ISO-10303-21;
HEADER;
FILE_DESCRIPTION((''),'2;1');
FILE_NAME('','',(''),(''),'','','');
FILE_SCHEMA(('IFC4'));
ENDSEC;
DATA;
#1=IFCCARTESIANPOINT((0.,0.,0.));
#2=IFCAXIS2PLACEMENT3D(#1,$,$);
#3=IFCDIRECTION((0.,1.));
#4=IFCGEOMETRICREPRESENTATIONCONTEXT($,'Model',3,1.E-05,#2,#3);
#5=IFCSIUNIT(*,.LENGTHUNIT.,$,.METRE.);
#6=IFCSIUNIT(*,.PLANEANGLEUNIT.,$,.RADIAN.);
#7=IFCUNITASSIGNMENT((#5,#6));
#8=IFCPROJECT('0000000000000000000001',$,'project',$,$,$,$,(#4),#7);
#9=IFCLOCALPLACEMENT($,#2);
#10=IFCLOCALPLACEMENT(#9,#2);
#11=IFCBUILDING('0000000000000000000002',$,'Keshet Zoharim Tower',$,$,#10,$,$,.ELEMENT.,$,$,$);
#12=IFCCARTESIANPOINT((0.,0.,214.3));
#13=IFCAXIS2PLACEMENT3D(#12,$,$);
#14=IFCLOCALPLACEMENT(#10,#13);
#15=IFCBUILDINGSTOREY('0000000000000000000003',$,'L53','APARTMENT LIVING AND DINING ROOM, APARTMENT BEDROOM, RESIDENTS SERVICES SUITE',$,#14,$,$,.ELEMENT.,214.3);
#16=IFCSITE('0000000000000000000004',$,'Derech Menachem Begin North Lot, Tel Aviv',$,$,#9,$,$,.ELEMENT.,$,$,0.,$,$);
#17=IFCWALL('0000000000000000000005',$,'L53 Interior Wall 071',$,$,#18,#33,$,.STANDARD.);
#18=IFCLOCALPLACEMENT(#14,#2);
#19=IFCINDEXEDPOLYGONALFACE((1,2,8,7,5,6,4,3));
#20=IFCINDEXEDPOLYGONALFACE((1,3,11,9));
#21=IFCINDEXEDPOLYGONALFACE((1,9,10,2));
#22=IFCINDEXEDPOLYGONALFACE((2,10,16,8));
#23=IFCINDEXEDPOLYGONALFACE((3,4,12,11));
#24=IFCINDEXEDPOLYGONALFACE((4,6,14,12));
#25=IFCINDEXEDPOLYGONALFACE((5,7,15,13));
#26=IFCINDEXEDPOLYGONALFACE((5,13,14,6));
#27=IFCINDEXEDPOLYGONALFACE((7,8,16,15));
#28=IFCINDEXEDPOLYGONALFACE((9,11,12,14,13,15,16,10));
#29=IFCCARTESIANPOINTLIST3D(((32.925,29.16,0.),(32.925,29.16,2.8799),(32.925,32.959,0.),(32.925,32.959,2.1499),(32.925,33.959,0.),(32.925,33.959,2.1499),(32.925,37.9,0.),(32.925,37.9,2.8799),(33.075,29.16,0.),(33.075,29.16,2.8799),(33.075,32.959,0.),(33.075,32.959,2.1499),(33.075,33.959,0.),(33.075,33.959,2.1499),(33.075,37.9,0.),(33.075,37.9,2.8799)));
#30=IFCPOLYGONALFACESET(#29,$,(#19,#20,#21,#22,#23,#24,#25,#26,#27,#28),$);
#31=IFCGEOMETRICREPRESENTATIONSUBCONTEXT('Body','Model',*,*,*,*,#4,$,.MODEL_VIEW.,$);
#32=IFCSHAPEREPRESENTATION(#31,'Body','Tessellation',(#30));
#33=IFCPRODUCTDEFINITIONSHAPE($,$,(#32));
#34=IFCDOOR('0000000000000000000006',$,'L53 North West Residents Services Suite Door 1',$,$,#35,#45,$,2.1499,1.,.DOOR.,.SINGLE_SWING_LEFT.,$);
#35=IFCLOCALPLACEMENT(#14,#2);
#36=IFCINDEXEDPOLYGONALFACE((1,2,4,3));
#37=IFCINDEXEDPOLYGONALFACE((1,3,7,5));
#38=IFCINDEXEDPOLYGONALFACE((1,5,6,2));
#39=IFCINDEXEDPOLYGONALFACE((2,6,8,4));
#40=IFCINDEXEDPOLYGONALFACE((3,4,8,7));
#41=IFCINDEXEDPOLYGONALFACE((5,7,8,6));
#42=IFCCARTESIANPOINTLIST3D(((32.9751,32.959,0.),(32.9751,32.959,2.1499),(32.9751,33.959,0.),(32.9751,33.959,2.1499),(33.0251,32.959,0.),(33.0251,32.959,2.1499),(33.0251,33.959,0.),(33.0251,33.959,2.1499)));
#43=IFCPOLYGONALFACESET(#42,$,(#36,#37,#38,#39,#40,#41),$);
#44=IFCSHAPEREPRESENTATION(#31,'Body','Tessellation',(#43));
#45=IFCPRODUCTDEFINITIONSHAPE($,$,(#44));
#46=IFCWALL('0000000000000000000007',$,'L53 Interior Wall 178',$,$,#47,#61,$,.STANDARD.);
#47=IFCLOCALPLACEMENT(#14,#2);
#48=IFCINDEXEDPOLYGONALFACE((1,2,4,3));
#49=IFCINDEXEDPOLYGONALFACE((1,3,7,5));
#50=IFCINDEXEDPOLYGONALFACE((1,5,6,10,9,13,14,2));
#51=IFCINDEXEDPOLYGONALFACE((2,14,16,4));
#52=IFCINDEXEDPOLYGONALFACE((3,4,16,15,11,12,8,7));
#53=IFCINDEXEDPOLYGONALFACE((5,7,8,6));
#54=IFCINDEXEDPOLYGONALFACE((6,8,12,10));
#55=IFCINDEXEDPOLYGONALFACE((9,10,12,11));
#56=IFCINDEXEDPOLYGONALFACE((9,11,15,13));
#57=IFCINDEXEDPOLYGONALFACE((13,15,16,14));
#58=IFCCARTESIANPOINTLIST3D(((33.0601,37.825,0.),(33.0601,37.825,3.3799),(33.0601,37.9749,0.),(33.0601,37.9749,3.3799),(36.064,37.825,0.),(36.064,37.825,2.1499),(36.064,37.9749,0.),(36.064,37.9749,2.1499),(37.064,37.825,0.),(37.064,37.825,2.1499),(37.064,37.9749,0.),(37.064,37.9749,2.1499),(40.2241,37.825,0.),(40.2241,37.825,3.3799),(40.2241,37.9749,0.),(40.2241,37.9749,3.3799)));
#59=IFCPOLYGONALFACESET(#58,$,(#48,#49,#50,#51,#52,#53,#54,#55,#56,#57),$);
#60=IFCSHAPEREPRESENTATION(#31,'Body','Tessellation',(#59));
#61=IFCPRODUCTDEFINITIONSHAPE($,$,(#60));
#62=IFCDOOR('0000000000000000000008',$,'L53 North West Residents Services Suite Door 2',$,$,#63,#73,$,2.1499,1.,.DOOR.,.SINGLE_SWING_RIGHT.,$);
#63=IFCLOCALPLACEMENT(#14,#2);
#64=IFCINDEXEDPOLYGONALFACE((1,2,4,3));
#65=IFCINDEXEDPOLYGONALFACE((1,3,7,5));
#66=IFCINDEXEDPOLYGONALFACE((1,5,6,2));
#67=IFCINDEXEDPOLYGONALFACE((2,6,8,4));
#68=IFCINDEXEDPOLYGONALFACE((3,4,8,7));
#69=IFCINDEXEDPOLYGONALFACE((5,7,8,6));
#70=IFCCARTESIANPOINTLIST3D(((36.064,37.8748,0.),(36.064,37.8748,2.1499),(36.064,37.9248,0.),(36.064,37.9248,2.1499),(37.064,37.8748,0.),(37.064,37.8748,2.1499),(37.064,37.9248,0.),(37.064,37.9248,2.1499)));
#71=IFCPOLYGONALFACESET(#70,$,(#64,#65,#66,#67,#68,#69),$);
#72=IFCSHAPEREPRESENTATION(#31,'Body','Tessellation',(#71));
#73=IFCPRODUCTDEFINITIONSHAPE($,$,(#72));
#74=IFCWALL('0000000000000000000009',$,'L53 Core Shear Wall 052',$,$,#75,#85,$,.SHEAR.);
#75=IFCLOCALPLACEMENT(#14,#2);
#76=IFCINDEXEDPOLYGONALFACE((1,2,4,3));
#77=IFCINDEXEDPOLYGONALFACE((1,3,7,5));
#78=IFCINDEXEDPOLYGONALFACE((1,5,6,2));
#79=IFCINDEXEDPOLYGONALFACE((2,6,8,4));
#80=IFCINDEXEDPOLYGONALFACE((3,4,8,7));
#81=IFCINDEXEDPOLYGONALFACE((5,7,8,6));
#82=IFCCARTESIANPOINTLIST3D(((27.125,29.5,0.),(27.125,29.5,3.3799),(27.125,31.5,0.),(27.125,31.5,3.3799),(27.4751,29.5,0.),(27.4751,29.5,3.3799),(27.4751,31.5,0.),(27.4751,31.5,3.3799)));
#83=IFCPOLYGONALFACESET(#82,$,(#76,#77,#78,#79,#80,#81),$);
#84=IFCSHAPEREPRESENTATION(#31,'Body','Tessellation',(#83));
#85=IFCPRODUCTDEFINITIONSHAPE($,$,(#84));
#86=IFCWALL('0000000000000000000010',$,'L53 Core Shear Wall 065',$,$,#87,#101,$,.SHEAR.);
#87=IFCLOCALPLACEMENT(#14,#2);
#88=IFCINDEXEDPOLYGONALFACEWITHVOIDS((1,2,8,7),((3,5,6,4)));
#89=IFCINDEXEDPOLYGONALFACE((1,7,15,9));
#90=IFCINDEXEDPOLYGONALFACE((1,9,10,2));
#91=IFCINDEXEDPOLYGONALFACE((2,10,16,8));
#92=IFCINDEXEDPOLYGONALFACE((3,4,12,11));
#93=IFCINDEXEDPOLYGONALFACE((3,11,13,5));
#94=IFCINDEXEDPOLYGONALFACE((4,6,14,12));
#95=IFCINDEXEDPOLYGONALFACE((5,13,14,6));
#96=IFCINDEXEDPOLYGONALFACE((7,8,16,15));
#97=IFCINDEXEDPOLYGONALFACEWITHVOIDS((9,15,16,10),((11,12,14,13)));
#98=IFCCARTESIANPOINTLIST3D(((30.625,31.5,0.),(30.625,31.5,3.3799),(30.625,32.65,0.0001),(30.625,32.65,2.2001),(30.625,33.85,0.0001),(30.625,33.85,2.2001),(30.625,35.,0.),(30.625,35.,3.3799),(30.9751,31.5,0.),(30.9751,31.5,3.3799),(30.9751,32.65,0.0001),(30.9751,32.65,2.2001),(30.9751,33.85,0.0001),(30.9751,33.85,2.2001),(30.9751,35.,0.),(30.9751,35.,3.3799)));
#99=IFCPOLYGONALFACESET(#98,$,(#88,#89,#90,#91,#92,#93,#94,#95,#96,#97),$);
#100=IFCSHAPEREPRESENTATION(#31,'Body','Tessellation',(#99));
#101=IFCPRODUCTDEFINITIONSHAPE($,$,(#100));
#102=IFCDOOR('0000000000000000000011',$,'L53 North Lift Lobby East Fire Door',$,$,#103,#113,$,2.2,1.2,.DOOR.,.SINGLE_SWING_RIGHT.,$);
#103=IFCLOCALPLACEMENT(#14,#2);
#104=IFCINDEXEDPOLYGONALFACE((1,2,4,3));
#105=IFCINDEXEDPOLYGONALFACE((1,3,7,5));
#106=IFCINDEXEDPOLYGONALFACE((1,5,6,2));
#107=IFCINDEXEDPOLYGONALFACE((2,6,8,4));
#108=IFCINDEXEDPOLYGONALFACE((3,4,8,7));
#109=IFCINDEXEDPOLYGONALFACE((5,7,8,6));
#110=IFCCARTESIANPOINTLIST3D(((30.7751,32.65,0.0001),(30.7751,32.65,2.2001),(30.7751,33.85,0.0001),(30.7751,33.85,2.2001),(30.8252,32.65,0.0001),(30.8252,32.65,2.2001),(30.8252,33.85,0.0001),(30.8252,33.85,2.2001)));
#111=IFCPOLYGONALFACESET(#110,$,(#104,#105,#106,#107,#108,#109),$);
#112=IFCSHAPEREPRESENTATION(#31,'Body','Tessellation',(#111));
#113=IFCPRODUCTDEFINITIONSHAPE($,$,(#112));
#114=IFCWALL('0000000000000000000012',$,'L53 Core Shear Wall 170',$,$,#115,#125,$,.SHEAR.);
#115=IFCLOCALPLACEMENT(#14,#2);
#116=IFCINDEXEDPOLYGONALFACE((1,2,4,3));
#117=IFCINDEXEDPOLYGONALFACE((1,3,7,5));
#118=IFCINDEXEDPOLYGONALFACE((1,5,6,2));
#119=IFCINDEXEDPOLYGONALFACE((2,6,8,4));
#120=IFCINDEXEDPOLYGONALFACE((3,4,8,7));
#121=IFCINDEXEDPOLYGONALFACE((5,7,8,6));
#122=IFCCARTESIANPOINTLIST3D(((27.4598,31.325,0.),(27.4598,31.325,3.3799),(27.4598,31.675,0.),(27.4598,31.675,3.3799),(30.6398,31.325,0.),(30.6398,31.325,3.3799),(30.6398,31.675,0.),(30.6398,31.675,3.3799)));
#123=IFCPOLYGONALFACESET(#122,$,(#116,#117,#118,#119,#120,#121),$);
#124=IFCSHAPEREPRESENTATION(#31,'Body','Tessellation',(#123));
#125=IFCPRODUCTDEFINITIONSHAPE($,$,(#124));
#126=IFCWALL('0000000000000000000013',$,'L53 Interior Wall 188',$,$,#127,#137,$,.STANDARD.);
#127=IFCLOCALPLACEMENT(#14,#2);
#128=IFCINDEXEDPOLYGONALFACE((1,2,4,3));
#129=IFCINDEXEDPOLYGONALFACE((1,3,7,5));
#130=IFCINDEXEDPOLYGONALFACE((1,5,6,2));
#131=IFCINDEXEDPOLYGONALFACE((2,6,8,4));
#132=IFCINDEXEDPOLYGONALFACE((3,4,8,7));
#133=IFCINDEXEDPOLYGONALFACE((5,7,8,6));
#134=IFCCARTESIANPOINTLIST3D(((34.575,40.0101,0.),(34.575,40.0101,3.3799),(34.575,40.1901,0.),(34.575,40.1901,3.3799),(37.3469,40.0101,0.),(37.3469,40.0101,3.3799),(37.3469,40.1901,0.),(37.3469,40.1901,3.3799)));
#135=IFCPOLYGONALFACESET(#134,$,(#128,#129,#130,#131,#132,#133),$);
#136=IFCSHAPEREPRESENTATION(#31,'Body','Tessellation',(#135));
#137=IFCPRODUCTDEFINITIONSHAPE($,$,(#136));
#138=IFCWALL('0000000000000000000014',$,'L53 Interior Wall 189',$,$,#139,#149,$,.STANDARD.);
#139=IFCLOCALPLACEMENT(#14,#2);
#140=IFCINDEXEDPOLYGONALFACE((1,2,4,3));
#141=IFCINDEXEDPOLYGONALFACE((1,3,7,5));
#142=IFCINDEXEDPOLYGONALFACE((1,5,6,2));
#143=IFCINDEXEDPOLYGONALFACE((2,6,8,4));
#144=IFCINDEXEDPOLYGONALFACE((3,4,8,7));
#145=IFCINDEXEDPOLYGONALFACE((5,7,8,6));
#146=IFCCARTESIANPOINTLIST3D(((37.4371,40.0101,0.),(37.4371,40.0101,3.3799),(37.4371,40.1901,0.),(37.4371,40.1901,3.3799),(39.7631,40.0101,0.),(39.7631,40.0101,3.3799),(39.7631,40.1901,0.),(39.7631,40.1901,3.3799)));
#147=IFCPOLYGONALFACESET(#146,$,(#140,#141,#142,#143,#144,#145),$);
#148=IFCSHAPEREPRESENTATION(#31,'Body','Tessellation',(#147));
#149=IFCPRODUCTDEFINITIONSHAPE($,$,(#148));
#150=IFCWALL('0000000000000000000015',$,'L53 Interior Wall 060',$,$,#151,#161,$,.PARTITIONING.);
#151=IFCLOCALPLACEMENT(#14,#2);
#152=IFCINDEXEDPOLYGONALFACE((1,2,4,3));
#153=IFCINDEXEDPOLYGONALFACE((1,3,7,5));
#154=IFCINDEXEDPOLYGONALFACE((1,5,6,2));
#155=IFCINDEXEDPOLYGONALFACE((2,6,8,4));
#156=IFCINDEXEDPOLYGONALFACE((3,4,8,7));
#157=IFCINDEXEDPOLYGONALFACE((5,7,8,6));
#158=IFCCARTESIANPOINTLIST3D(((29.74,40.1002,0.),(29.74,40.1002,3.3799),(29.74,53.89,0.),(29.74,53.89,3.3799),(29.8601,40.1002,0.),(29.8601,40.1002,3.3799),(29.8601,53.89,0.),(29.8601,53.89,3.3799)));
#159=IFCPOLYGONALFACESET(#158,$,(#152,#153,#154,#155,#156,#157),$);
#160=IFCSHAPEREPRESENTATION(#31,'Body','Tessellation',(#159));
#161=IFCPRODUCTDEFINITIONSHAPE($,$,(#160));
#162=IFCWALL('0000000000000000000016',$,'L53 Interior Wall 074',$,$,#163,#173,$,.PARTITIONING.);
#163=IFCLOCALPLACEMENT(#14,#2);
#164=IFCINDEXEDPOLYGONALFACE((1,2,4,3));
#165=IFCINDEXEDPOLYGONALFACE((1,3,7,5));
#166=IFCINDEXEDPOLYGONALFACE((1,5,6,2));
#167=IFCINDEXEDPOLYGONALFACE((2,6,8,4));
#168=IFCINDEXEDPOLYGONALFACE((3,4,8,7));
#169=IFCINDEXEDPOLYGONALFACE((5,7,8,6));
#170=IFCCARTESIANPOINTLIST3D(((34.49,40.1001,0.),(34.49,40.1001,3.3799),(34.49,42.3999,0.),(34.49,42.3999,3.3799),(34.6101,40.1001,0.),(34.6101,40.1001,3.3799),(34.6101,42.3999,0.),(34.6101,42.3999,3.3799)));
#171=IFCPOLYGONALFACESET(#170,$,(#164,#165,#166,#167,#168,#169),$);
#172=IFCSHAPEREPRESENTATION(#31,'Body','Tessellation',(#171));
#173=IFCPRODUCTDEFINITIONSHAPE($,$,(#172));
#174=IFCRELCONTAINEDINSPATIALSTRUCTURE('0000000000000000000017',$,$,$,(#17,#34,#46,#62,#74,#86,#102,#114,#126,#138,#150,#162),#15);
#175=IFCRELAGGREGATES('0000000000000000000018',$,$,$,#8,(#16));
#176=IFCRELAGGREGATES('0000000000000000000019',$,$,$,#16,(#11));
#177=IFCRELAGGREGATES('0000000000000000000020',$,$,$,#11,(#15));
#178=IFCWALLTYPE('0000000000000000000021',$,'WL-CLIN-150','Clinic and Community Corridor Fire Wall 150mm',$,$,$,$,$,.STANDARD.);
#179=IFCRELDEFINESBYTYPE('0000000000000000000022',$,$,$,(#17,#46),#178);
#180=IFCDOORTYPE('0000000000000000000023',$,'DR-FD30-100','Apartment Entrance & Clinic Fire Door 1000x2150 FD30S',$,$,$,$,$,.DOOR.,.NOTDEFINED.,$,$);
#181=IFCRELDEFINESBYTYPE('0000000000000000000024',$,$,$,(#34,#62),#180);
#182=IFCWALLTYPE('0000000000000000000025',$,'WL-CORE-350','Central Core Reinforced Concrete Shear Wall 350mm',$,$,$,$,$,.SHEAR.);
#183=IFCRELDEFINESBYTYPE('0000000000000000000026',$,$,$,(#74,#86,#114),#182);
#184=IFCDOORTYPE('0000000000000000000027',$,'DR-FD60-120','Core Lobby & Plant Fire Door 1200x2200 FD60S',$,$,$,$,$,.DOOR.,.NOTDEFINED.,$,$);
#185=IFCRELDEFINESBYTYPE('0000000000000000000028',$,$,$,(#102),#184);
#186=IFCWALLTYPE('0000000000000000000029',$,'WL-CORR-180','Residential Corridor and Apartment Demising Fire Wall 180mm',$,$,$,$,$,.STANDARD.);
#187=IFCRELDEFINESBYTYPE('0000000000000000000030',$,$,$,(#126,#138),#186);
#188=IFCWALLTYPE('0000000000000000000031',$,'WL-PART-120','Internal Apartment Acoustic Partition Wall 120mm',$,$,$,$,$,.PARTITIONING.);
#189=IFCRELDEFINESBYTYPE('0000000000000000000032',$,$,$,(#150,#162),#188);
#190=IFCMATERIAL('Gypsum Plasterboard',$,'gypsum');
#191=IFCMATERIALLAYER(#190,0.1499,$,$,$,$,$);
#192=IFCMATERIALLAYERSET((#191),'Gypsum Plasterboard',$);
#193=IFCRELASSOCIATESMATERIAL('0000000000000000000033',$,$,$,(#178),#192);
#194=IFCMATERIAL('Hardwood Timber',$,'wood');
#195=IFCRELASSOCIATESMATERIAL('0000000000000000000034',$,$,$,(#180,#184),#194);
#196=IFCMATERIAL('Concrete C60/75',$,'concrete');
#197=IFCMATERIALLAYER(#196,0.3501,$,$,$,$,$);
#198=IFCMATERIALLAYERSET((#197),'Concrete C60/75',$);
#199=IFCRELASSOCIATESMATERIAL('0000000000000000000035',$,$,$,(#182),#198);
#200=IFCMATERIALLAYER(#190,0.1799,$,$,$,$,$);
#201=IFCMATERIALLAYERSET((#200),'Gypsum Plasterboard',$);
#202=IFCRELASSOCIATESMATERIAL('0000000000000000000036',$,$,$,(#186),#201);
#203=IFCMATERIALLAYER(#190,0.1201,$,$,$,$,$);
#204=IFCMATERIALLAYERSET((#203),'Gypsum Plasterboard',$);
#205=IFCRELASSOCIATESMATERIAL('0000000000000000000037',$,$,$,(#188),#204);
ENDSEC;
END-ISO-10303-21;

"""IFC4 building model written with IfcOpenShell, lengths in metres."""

from ifc_helpers import new_model, si_unit, direction, frame, frame_2d, origin, place, context, subcontext, project, spatial, rectangle, extrude, material, layer, layer_set, type_object, element, fill, save


model = new_model("IFC4")

# Units and contexts
model_context = context("Model", 3, precision=1e-05, world=origin(), true_north=direction((0.0, 1.0)))
body_context = subcontext(model_context, "Body", "Model", "MODEL_VIEW")
ifc_project = project(units=[si_unit("LENGTHUNIT", "METRE"), si_unit("PLANEANGLEUNIT", "RADIAN")], contexts=[model_context])

# Site, building, storey
site_placement = place(None, origin())
site = spatial("IfcSite", under=ifc_project, at=site_placement, Name="Derech Menachem Begin North Lot, Tel Aviv", CompositionType="ELEMENT", RefElevation=0.0)
building_placement = place(site_placement, origin())
building = spatial("IfcBuilding", under=site, at=building_placement, Name="Keshet Zoharim Tower", CompositionType="ELEMENT")
storey_placement = place(building_placement, frame((0.0, 0.0, 214.3)))
storey = spatial("IfcBuildingStorey", under=building, at=storey_placement, Name="L53", Description="APARTMENT LIVING AND DINING ROOM, APARTMENT BEDROOM, RESIDENTS SERVICES SUITE", CompositionType="ELEMENT", Elevation=214.3)

# Shared definitions
ifc_material_1 = material(Name="Gypsum Plasterboard", Category="gypsum")
ifc_layer_1 = layer(ifc_material_1, 0.1499)
ifc_layer_set_1 = layer_set([ifc_layer_1], Name="Gypsum Plasterboard")
wall_type_1 = type_object("IfcWallType", Name="WL-CLIN-150", Description="Clinic and Community Corridor Fire Wall 150mm", PredefinedType="STANDARD", material=ifc_layer_set_1)

# Walls, openings, doors
wall_1_placement = place(storey_placement, frame((33.0, 29.1599, 0.0), z_axis=(0.0, 0.0, 1.0), x_axis=(0.0, 1.0, 0.0)))
wall_1 = element("IfcWall", 1, at=wall_1_placement, inside=storey, type_object=wall_type_1, Name="L53 Interior Wall 071", PredefinedType="STANDARD", context=body_context, shape_type="SweptSolid", body=[
    extrude(rectangle(XDim=8.74, YDim=0.1499, at=frame_2d((4.3701, 0.0))), origin(), (0.0, 0.0, 1.0), 2.8799),
])
opening_1_placement = place(wall_1_placement, frame((3.7991, 0.0, 0.0)))
opening_1 = element("IfcOpeningElement", 2, at=opening_1_placement, cuts=wall_1, PredefinedType="OPENING", context=body_context, shape_type="SweptSolid", body=[
    extrude(rectangle(XDim=1.0, YDim=2.1499, at=frame_2d((0.5, 1.075))), frame((0.0, 0.085, 0.0), z_axis=(0.0, -1.0, 0.0), x_axis=(1.0, 0.0, 0.0)), (0.0, 0.0, 1.0), 0.1699),
])
ifc_material_2 = material(Name="Hardwood Timber", Category="wood")
door_type_1 = type_object("IfcDoorType", Name="DR-FD30-100", Description="Apartment Entrance & Clinic Fire Door 1000x2150 FD30S", OperationType="NOTDEFINED", PredefinedType="DOOR", material=ifc_material_2)
door_1_placement = place(opening_1_placement, origin())
door_1 = element("IfcDoor", 3, at=door_1_placement, inside=storey, type_object=door_type_1, Name="L53 North West Residents Services Suite Door 1", OperationType="SINGLE_SWING_LEFT", OverallHeight=2.1499, OverallWidth=1.0, PredefinedType="DOOR", context=body_context, shape_type="SweptSolid", body=[
    extrude(rectangle(XDim=1.0, YDim=2.1499, at=frame_2d((0.5, 1.075))), frame((0.0, 0.0249, 0.0), z_axis=(0.0, -1.0, 0.0), x_axis=(1.0, 0.0, 0.0)), (0.0, 0.0, 1.0), 0.05),
])
fill(opening_1, door_1)
wall_2_placement = place(storey_placement, frame((33.0601, 37.8999, 0.0), z_axis=(0.0, 0.0, 1.0), x_axis=(1.0, 0.0, 0.0)))
wall_2 = element("IfcWall", 4, at=wall_2_placement, inside=storey, type_object=wall_type_1, Name="L53 Interior Wall 178", PredefinedType="STANDARD", context=body_context, shape_type="SweptSolid", body=[
    extrude(rectangle(XDim=7.1641, YDim=0.1499, at=frame_2d((3.582, 0.0))), origin(), (0.0, 0.0, 1.0), 3.3799),
])
opening_2_placement = place(wall_2_placement, frame((3.0039, 0.0, 0.0)))
opening_2 = element("IfcOpeningElement", 5, at=opening_2_placement, cuts=wall_2, PredefinedType="OPENING", context=body_context, shape_type="SweptSolid", body=[
    extrude(rectangle(XDim=1.0, YDim=2.1499, at=frame_2d((0.5, 1.075))), frame((0.0, 0.085, 0.0), z_axis=(0.0, -1.0, 0.0), x_axis=(1.0, 0.0, 0.0)), (0.0, 0.0, 1.0), 0.1699),
])
door_2_placement = place(opening_2_placement, origin())
door_2 = element("IfcDoor", 6, at=door_2_placement, inside=storey, type_object=door_type_1, Name="L53 North West Residents Services Suite Door 2", OperationType="SINGLE_SWING_RIGHT", OverallHeight=2.1499, OverallWidth=1.0, PredefinedType="DOOR", context=body_context, shape_type="SweptSolid", body=[
    extrude(rectangle(XDim=1.0, YDim=2.1499, at=frame_2d((0.5, 1.075))), frame((0.0, 0.0249, 0.0), z_axis=(0.0, -1.0, 0.0), x_axis=(1.0, 0.0, 0.0)), (0.0, 0.0, 1.0), 0.05),
])
fill(opening_2, door_2)

# Wall
ifc_material_3 = material(Name="Concrete C60/75", Category="concrete")
ifc_layer_2 = layer(ifc_material_3, 0.3501)
ifc_layer_set_2 = layer_set([ifc_layer_2], Name="Concrete C60/75")
wall_type_2 = type_object("IfcWallType", Name="WL-CORE-350", Description="Central Core Reinforced Concrete Shear Wall 350mm", PredefinedType="SHEAR", material=ifc_layer_set_2)
wall_3_placement = place(storey_placement, frame((27.3, 29.5, 0.0), z_axis=(0.0, 0.0, 1.0), x_axis=(0.0, 1.0, 0.0)))
element("IfcWall", 7, at=wall_3_placement, inside=storey, type_object=wall_type_2, Name="L53 Core Shear Wall 052", PredefinedType="SHEAR", context=body_context, shape_type="SweptSolid", body=[
    extrude(rectangle(XDim=2.0, YDim=0.3501, at=frame_2d((1.0, 0.0))), origin(), (0.0, 0.0, 1.0), 3.3799),
])

# Wall, opening, door
wall_4_placement = place(storey_placement, frame((30.8, 31.5, 0.0), z_axis=(0.0, 0.0, 1.0), x_axis=(0.0, 1.0, 0.0)))
wall_4 = element("IfcWall", 8, at=wall_4_placement, inside=storey, type_object=wall_type_2, Name="L53 Core Shear Wall 065", PredefinedType="SHEAR", context=body_context, shape_type="SweptSolid", body=[
    extrude(rectangle(XDim=3.5, YDim=0.3501, at=frame_2d((1.75, 0.0))), origin(), (0.0, 0.0, 1.0), 3.3799),
])
opening_3_placement = place(wall_4_placement, frame((1.1499, 0.0, 0.0)))
opening_3 = element("IfcOpeningElement", 9, at=opening_3_placement, cuts=wall_4, PredefinedType="OPENING", context=body_context, shape_type="SweptSolid", body=[
    extrude(rectangle(XDim=1.2, YDim=2.2, at=frame_2d((0.6001, 1.1001))), frame((0.0, 0.1851, 0.0), z_axis=(0.0, -1.0, 0.0), x_axis=(1.0, 0.0, 0.0)), (0.0, 0.0, 1.0), 0.3701),
])
door_type_2 = type_object("IfcDoorType", Name="DR-FD60-120", Description="Core Lobby & Plant Fire Door 1200x2200 FD60S", OperationType="NOTDEFINED", PredefinedType="DOOR", material=ifc_material_2)
door_3_placement = place(opening_3_placement, origin())
door_3 = element("IfcDoor", 10, at=door_3_placement, inside=storey, type_object=door_type_2, Name="L53 North Lift Lobby East Fire Door", OperationType="SINGLE_SWING_RIGHT", OverallHeight=2.2, OverallWidth=1.2, PredefinedType="DOOR", context=body_context, shape_type="SweptSolid", body=[
    extrude(rectangle(XDim=1.2, YDim=2.2, at=frame_2d((0.6001, 1.1001))), frame((0.0, 0.0249, 0.0), z_axis=(0.0, -1.0, 0.0), x_axis=(1.0, 0.0, 0.0)), (0.0, 0.0, 1.0), 0.05),
])
fill(opening_3, door_3)

# Wall
wall_5_placement = place(storey_placement, frame((27.46, 31.5, 0.0), z_axis=(0.0, 0.0, 1.0), x_axis=(1.0, 0.0, 0.0)))
element("IfcWall", 11, at=wall_5_placement, inside=storey, type_object=wall_type_2, Name="L53 Core Shear Wall 170", PredefinedType="SHEAR", context=body_context, shape_type="SweptSolid", body=[
    extrude(rectangle(XDim=3.1799, YDim=0.3501, at=frame_2d((1.5898, 0.0))), origin(), (0.0, 0.0, 1.0), 3.3799),
])

# Shared definitions
ifc_layer_3 = layer(ifc_material_1, 0.1799)
ifc_layer_set_3 = layer_set([ifc_layer_3], Name="Gypsum Plasterboard")
wall_type_3 = type_object("IfcWallType", Name="WL-CORR-180", Description="Residential Corridor and Apartment Demising Fire Wall 180mm", PredefinedType="STANDARD", material=ifc_layer_set_3)

# Walls
wall_6_placement = place(storey_placement, frame((34.575, 40.1001, 0.0), z_axis=(0.0, 0.0, 1.0), x_axis=(1.0, 0.0, 0.0)))
element("IfcWall", 12, at=wall_6_placement, inside=storey, type_object=wall_type_3, Name="L53 Interior Wall 188", PredefinedType="STANDARD", context=body_context, shape_type="SweptSolid", body=[
    extrude(rectangle(XDim=2.772, YDim=0.1799, at=frame_2d((1.386, 0.0))), origin(), (0.0, 0.0, 1.0), 3.3799),
])
wall_7_placement = place(storey_placement, frame((37.437, 40.1001, 0.0), z_axis=(0.0, 0.0, 1.0), x_axis=(1.0, 0.0, 0.0)))
element("IfcWall", 13, at=wall_7_placement, inside=storey, type_object=wall_type_3, Name="L53 Interior Wall 189", PredefinedType="STANDARD", context=body_context, shape_type="SweptSolid", body=[
    extrude(rectangle(XDim=2.3259, YDim=0.1799, at=frame_2d((1.1631, 0.0))), origin(), (0.0, 0.0, 1.0), 3.3799),
])
ifc_layer_4 = layer(ifc_material_1, 0.1201)
ifc_layer_set_4 = layer_set([ifc_layer_4], Name="Gypsum Plasterboard")
wall_type_4 = type_object("IfcWallType", Name="WL-PART-120", Description="Internal Apartment Acoustic Partition Wall 120mm", PredefinedType="PARTITIONING", material=ifc_layer_set_4)
wall_8_placement = place(storey_placement, frame((29.8, 40.1001, 0.0), z_axis=(0.0, 0.0, 1.0), x_axis=(0.0, 1.0, 0.0)))
element("IfcWall", 14, at=wall_8_placement, inside=storey, type_object=wall_type_4, Name="L53 Interior Wall 060", PredefinedType="PARTITIONING", context=body_context, shape_type="SweptSolid", body=[
    extrude(rectangle(XDim=13.7898, YDim=0.1201, at=frame_2d((6.895, 0.0))), origin(), (0.0, 0.0, 1.0), 3.3799),
])
wall_9_placement = place(storey_placement, frame((34.55, 40.1001, 0.0), z_axis=(0.0, 0.0, 1.0), x_axis=(0.0, 1.0, 0.0)))
element("IfcWall", 15, at=wall_9_placement, inside=storey, type_object=wall_type_4, Name="L53 Interior Wall 074", PredefinedType="PARTITIONING", context=body_context, shape_type="SweptSolid", body=[
    extrude(rectangle(XDim=2.2998, YDim=0.1201, at=frame_2d((1.1499, 0.0))), origin(), (0.0, 0.0, 1.0), 3.3799),
])

save(model, "model.ifc")
